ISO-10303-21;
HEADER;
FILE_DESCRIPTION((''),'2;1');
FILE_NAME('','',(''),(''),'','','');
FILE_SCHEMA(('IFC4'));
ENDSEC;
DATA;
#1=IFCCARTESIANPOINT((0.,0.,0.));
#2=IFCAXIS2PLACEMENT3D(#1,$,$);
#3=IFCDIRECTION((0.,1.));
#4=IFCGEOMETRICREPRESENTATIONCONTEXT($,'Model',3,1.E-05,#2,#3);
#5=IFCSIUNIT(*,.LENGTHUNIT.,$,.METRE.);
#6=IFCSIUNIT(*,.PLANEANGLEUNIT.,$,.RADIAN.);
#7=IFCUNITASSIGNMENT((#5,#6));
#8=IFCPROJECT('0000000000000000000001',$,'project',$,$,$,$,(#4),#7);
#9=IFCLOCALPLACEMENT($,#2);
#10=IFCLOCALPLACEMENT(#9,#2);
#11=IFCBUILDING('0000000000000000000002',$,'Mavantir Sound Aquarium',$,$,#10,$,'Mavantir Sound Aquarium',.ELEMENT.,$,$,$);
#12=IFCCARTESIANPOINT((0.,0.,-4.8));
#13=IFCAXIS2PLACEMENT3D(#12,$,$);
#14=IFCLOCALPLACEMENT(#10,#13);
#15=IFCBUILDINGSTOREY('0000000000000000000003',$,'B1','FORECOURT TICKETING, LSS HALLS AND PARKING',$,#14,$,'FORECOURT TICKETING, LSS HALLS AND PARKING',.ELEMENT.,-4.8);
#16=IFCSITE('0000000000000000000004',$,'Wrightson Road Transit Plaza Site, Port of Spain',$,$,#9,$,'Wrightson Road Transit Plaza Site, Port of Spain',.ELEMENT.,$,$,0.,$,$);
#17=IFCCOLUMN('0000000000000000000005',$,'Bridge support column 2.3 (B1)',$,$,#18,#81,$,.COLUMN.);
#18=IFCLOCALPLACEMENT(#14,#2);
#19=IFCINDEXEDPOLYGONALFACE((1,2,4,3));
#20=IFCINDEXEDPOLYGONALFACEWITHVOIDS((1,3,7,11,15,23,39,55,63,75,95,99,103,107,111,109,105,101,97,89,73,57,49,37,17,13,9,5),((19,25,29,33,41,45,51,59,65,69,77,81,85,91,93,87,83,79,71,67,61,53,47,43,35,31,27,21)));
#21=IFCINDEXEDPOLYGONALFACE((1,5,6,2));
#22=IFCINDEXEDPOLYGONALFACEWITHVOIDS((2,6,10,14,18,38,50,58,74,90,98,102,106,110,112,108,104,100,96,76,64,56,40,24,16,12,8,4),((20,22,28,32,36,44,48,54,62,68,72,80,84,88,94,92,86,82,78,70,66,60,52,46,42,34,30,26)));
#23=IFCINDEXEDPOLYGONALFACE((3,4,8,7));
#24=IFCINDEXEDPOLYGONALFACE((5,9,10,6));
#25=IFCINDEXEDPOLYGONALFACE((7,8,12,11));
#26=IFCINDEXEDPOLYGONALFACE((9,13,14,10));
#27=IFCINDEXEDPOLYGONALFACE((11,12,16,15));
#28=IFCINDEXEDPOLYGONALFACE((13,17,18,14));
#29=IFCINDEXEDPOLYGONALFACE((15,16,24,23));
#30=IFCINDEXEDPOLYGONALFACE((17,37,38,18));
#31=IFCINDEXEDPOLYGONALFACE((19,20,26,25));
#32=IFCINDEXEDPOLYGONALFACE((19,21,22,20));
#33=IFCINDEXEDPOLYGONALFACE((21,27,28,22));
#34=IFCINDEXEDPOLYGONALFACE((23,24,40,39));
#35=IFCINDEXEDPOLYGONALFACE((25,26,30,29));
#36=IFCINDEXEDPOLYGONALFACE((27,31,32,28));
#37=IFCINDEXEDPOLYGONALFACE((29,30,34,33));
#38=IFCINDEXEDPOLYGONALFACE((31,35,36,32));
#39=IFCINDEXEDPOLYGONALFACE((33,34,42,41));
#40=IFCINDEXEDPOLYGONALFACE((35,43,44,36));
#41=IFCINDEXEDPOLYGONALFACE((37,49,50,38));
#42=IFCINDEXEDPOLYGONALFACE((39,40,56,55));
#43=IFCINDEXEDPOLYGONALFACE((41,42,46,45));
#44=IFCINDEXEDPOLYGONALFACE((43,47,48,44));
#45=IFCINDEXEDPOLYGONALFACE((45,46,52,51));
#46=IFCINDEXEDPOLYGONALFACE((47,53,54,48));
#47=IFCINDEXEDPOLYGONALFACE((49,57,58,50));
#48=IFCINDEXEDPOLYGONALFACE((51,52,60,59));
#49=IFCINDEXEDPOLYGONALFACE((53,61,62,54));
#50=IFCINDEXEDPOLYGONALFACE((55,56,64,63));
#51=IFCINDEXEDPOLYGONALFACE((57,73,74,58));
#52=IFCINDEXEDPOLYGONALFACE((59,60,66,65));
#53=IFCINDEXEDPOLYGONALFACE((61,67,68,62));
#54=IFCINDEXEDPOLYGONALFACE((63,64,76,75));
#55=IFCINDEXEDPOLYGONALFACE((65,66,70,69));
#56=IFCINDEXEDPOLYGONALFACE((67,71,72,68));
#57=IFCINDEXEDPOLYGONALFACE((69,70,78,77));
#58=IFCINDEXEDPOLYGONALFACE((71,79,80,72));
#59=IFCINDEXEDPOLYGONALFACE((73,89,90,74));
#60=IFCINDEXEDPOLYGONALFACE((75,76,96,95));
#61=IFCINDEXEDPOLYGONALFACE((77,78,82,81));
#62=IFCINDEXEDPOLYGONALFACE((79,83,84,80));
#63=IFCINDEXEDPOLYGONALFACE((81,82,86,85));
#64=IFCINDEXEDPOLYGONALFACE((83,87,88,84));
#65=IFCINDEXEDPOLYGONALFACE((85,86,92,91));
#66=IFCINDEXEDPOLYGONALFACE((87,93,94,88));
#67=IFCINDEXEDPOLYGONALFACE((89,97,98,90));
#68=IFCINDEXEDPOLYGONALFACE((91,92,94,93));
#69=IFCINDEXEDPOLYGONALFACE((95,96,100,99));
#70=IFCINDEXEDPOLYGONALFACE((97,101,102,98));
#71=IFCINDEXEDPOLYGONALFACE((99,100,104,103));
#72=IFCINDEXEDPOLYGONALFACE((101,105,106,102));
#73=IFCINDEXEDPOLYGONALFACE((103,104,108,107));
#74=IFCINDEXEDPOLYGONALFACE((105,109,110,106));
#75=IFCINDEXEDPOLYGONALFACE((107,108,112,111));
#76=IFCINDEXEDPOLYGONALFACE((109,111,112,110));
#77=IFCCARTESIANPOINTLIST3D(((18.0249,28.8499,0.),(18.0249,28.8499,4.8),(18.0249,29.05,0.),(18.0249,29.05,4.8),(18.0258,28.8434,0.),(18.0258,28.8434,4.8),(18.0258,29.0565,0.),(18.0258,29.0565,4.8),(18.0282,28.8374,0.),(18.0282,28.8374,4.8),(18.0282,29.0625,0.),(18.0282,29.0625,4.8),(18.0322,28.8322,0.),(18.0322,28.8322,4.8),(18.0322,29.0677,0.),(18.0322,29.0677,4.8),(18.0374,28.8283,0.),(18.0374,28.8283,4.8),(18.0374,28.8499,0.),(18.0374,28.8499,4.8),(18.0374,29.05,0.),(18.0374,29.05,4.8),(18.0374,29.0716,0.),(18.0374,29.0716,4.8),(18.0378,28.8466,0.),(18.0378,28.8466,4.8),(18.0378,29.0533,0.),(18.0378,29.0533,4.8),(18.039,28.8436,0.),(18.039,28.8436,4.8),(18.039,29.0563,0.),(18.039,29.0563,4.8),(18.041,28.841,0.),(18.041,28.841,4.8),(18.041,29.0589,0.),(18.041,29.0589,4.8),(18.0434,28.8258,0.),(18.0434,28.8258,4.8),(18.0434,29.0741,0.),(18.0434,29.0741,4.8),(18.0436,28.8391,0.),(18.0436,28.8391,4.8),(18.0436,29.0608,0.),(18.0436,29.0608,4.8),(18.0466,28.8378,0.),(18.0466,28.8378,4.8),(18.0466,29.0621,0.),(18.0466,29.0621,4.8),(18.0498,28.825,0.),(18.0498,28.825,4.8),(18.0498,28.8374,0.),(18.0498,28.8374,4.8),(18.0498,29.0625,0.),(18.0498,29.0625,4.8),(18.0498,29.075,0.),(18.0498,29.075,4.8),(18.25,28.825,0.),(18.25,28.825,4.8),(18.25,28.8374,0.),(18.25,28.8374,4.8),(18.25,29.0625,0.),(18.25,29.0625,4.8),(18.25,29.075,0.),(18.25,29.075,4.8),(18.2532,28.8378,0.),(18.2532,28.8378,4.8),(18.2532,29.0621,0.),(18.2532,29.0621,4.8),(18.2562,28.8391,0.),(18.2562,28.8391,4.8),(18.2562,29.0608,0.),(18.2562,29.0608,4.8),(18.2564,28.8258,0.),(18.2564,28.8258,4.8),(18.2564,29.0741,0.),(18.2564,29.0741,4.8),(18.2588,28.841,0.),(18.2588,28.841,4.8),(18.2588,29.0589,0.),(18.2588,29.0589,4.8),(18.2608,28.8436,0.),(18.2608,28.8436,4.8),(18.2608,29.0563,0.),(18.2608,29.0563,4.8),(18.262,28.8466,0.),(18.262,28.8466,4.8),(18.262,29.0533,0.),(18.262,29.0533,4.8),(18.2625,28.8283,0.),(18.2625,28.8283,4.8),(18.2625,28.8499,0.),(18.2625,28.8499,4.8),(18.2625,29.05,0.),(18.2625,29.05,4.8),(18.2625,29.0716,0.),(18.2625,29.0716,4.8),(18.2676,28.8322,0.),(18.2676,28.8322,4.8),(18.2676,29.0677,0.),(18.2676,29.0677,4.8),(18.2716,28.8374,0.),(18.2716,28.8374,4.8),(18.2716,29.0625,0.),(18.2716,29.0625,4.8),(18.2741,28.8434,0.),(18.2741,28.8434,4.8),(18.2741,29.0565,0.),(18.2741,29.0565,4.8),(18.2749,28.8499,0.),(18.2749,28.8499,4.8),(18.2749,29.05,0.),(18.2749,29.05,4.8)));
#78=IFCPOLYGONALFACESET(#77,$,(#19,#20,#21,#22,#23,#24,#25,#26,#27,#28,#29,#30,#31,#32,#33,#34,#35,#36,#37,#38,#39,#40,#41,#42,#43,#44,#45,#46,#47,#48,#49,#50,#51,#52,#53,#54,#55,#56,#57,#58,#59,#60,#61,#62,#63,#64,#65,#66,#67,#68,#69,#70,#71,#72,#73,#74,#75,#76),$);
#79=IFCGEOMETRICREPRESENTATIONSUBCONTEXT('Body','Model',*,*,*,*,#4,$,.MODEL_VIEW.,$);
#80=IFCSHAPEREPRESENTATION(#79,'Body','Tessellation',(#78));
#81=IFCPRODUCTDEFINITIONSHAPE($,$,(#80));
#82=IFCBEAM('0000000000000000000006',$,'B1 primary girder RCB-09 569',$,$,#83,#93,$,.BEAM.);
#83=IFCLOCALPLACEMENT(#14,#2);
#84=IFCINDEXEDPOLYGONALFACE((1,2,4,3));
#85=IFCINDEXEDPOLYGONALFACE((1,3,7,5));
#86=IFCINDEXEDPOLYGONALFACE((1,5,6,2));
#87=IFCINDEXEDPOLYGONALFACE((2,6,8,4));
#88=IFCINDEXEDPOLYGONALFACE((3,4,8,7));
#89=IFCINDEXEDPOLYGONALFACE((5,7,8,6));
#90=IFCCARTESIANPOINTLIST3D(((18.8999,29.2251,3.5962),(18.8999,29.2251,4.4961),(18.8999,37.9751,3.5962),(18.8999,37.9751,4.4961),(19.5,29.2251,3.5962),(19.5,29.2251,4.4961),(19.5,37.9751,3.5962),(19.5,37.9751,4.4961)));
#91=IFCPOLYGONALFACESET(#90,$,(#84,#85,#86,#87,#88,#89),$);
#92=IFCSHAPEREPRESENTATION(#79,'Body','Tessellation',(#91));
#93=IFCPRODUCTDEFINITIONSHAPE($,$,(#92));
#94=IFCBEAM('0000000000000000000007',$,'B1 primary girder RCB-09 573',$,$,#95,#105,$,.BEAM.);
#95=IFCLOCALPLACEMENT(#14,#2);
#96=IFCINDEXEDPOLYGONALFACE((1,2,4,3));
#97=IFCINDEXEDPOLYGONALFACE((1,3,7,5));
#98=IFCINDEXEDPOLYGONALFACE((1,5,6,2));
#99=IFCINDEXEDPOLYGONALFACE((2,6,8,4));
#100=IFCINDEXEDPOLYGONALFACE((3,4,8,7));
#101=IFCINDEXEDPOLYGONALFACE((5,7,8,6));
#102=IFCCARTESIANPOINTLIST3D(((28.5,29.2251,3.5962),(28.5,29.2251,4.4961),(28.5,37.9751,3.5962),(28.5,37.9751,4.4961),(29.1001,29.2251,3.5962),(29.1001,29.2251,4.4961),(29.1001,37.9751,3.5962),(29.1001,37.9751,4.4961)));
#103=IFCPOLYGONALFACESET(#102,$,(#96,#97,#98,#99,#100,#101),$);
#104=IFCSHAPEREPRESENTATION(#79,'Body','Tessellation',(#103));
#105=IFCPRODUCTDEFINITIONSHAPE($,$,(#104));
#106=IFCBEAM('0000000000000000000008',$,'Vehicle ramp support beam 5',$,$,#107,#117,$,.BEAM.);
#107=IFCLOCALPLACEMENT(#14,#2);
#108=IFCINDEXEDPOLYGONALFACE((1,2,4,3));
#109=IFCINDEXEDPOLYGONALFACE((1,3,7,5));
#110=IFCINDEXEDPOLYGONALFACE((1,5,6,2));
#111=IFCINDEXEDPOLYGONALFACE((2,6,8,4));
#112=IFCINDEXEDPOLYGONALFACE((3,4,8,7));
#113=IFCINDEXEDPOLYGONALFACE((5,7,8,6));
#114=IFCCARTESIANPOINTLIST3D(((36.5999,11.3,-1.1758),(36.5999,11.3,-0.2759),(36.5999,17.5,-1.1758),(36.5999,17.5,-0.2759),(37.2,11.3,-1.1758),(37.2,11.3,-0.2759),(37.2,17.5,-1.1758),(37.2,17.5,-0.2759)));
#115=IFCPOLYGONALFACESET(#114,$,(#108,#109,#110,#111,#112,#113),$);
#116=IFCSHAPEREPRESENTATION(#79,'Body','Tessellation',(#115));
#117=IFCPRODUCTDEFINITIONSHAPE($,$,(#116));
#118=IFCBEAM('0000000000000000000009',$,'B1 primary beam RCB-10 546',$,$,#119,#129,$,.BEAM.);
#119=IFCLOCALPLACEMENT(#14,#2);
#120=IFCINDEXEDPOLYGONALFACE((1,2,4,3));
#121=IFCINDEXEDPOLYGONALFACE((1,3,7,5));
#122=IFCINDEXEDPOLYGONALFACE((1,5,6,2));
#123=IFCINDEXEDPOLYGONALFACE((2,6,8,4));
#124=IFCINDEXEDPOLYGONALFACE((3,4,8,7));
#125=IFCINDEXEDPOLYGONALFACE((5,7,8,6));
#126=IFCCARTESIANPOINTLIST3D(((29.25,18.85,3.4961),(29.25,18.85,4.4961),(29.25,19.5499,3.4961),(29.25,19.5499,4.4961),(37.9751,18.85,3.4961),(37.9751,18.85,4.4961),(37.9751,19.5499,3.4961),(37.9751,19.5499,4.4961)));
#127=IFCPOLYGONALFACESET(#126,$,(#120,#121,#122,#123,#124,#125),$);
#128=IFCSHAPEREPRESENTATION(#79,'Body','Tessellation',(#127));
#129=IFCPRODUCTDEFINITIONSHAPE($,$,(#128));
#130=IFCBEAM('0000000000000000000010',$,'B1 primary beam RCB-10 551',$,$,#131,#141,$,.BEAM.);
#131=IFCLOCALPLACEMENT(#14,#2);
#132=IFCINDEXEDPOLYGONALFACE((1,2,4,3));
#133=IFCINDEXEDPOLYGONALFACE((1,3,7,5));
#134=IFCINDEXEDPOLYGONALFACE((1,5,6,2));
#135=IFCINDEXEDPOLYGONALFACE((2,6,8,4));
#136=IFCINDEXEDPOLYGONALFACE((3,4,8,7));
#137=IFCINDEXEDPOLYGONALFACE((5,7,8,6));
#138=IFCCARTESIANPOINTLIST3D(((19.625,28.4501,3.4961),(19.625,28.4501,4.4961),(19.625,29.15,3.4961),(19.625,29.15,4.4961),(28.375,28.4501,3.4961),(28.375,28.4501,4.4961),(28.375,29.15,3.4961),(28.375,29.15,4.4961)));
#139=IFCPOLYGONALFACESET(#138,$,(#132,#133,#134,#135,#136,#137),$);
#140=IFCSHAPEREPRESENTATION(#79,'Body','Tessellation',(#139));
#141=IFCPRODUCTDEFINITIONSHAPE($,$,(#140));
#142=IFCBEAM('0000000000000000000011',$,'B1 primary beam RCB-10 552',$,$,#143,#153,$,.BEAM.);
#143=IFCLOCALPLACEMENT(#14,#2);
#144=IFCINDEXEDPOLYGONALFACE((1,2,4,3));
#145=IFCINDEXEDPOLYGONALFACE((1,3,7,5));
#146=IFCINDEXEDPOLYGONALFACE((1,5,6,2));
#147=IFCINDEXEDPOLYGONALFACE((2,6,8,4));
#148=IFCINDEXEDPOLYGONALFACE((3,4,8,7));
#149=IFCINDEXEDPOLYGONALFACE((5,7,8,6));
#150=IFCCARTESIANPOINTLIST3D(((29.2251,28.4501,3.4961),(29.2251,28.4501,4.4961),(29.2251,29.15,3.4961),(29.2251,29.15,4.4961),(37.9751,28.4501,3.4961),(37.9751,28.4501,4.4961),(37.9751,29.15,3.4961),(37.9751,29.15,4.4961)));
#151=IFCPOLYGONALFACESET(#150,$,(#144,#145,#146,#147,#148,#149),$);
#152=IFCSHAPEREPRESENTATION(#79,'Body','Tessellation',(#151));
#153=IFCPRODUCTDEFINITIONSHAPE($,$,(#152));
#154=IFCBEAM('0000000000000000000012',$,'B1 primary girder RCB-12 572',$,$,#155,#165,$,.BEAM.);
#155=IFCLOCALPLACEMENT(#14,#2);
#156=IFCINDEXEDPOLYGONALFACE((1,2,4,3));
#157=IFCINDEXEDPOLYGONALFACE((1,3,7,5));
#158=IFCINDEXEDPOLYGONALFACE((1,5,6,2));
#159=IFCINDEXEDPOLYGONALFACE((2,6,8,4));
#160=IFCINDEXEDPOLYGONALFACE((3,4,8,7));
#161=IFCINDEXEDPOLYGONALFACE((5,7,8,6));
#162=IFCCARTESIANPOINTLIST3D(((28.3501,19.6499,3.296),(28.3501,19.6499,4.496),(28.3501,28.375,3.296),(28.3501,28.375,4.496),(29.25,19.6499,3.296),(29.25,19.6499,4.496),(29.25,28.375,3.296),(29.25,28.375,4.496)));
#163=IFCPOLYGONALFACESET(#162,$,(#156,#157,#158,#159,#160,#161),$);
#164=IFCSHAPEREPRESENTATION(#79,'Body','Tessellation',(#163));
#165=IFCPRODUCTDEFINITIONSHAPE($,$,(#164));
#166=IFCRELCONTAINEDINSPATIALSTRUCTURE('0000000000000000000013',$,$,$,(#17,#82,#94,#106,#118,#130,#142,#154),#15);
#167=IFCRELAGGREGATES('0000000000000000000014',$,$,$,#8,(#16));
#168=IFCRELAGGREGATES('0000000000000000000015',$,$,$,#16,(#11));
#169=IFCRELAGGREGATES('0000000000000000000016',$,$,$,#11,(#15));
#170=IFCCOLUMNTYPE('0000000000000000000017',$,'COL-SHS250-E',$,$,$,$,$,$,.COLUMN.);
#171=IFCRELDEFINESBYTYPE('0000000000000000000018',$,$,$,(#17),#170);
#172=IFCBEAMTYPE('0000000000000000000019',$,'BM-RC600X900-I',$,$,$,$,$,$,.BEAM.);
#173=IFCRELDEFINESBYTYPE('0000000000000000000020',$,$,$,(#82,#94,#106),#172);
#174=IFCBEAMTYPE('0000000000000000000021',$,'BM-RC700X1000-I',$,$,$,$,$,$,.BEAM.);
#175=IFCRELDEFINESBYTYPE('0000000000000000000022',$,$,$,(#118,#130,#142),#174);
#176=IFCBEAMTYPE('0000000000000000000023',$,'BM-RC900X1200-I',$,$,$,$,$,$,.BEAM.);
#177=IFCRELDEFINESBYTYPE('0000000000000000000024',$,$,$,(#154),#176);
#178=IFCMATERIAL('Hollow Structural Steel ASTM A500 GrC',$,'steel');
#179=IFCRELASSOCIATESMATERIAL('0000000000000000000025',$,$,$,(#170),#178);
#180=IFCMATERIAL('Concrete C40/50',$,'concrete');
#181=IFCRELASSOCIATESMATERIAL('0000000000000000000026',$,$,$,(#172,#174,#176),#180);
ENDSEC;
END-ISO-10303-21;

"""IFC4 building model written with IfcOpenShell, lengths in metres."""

from ifc_helpers import new_model, si_unit, direction, frame, origin, origin_2d, place, context, subcontext, project, spatial, rectangle, hollow_rectangle, extrude, material, material_profile, profile_set, type_object, element, save


model = new_model("IFC4")

# Units and contexts
model_context = context("Model", 3, precision=1e-05, world=origin(), true_north=direction((0.0, 1.0)))
body_context = subcontext(model_context, "Body", "Model", "MODEL_VIEW")
ifc_project = project(units=[si_unit("LENGTHUNIT", "METRE"), si_unit("PLANEANGLEUNIT", "RADIAN")], contexts=[model_context])

# Site, building, storey
site_placement = place(None, origin())
site = spatial("IfcSite", under=ifc_project, at=site_placement, Name="Wrightson Road Transit Plaza Site, Port of Spain", LongName="Wrightson Road Transit Plaza Site, Port of Spain", CompositionType="ELEMENT", RefElevation=0.0)
building_placement = place(site_placement, origin())
building = spatial("IfcBuilding", under=site, at=building_placement, Name="Mavantir Sound Aquarium", LongName="Mavantir Sound Aquarium", CompositionType="ELEMENT")
storey_placement = place(building_placement, frame((0.0, 0.0, -4.8)))
storey = spatial("IfcBuildingStorey", under=building, at=storey_placement, Name="B1", Description="FORECOURT TICKETING, LSS HALLS AND PARKING", LongName="FORECOURT TICKETING, LSS HALLS AND PARKING", CompositionType="ELEMENT", Elevation=-4.8)

# Column
ifc_material_1 = material(Name="Concrete C40/50", Category="concrete")
ifc_material_2 = material(Name="Hollow Structural Steel ASTM A500 GrC", Category="steel")
ifc_material_profile_1 = material_profile(ifc_material_2, hollow_rectangle(XDim=0.25, YDim=0.25, WallThickness=0.0125, InnerFilletRadius=0.0125, OuterFilletRadius=0.0249, at=origin_2d()), Name="SHS 250X250X12.5")
ifc_profile_set_1 = profile_set([ifc_material_profile_1], Name="Hollow Structural Steel ASTM A500 GrC")
column_type_1 = type_object("IfcColumnType", Name="COL-SHS250-E", PredefinedType="COLUMN", material=ifc_profile_set_1)
for number, where, z_axis, x_axis, name in (
    (1, (18.1499, 28.95, 0.0), (0.0, 0.0, 1.0), (1.0, 0.0, 0.0), "Bridge support column 2.3 (B1)"),
):
    element("IfcColumn", number, at=place(storey_placement, frame(where, z_axis=z_axis, x_axis=x_axis)), inside=storey, type_object=column_type_1, Name=name, PredefinedType="COLUMN", context=body_context, shape_type="SweptSolid", body=[
        extrude(hollow_rectangle(XDim=0.25, YDim=0.25, WallThickness=0.0125, InnerFilletRadius=0.0125, OuterFilletRadius=0.0249, at=origin_2d()), origin(), (0.0, 0.0, 1.0), 4.8),
    ])

# Beams
ifc_material_profile_2 = material_profile(ifc_material_1, rectangle(XDim=0.6001, YDim=0.8999, at=origin_2d()), Name="RC 600X900")
ifc_profile_set_2 = profile_set([ifc_material_profile_2], Name="Concrete C40/50")
beam_type_1 = type_object("IfcBeamType", Name="BM-RC600X900-I", PredefinedType="BEAM", material=ifc_profile_set_2)
for number, where, z_axis, x_axis, name in (
    (2, (19.2, 29.2251, 4.0461), (0.0, 1.0, 0.0), (-1.0, 0.0, 0.0), "B1 primary girder RCB-09 569"),
    (3, (28.8, 29.2251, 4.0461), (0.0, 1.0, 0.0), (-1.0, 0.0, 0.0), "B1 primary girder RCB-09 573"),
):
    element("IfcBeam", number, at=place(storey_placement, frame(where, z_axis=z_axis, x_axis=x_axis)), inside=storey, type_object=beam_type_1, Name=name, PredefinedType="BEAM", context=body_context, shape_type="SweptSolid", body=[
        extrude(rectangle(XDim=0.6001, YDim=0.8999, at=origin_2d()), origin(), (0.0, 0.0, 1.0), 8.75),
    ])
beam_1_placement = place(storey_placement, frame((36.8999, 11.3, -0.7258), z_axis=(0.0, 1.0, 0.0), x_axis=(-1.0, 0.0, 0.0)))
element("IfcBeam", 4, at=beam_1_placement, inside=storey, type_object=beam_type_1, Name="Vehicle ramp support beam 5", PredefinedType="BEAM", context=body_context, shape_type="SweptSolid", body=[
    extrude(rectangle(XDim=0.6001, YDim=0.8999, at=origin_2d()), origin(), (0.0, 0.0, 1.0), 6.2),
])
ifc_material_profile_3 = material_profile(ifc_material_1, rectangle(XDim=0.7, YDim=1.0, at=origin_2d()), Name="RC 700X1000")
ifc_profile_set_3 = profile_set([ifc_material_profile_3], Name="Concrete C40/50")
beam_type_2 = type_object("IfcBeamType", Name="BM-RC700X1000-I", PredefinedType="BEAM", material=ifc_profile_set_3)
beam_2_placement = place(storey_placement, frame((29.25, 19.2, 3.9961), z_axis=(1.0, 0.0, 0.0), x_axis=(0.0, 1.0, 0.0)))
element("IfcBeam", 5, at=beam_2_placement, inside=storey, type_object=beam_type_2, Name="B1 primary beam RCB-10 546", PredefinedType="BEAM", context=body_context, shape_type="SweptSolid", body=[
    extrude(rectangle(XDim=0.7, YDim=1.0, at=origin_2d()), origin(), (0.0, 0.0, 1.0), 8.7251),
])
for number, where, z_axis, x_axis, name in (
    (6, (19.625, 28.8, 3.9961), (1.0, 0.0, 0.0), (0.0, 1.0, 0.0), "B1 primary beam RCB-10 551"),
    (7, (29.2251, 28.8, 3.9961), (1.0, 0.0, 0.0), (0.0, 1.0, 0.0), "B1 primary beam RCB-10 552"),
):
    element("IfcBeam", number, at=place(storey_placement, frame(where, z_axis=z_axis, x_axis=x_axis)), inside=storey, type_object=beam_type_2, Name=name, PredefinedType="BEAM", context=body_context, shape_type="SweptSolid", body=[
        extrude(rectangle(XDim=0.7, YDim=1.0, at=origin_2d()), origin(), (0.0, 0.0, 1.0), 8.75),
    ])
ifc_material_profile_4 = material_profile(ifc_material_1, rectangle(XDim=0.8999, YDim=1.2, at=origin_2d()), Name="RC 900X1200")
ifc_profile_set_4 = profile_set([ifc_material_profile_4], Name="Concrete C40/50")
beam_type_3 = type_object("IfcBeamType", Name="BM-RC900X1200-I", PredefinedType="BEAM", material=ifc_profile_set_4)
beam_3_placement = place(storey_placement, frame((28.8, 19.6499, 3.896), z_axis=(0.0, 1.0, 0.0), x_axis=(-1.0, 0.0, 0.0)))
element("IfcBeam", 8, at=beam_3_placement, inside=storey, type_object=beam_type_3, Name="B1 primary girder RCB-12 572", PredefinedType="BEAM", context=body_context, shape_type="SweptSolid", body=[
    extrude(rectangle(XDim=0.8999, YDim=1.2, at=origin_2d()), origin(), (0.0, 0.0, 1.0), 8.7251),
])

save(model, "model.ifc")
